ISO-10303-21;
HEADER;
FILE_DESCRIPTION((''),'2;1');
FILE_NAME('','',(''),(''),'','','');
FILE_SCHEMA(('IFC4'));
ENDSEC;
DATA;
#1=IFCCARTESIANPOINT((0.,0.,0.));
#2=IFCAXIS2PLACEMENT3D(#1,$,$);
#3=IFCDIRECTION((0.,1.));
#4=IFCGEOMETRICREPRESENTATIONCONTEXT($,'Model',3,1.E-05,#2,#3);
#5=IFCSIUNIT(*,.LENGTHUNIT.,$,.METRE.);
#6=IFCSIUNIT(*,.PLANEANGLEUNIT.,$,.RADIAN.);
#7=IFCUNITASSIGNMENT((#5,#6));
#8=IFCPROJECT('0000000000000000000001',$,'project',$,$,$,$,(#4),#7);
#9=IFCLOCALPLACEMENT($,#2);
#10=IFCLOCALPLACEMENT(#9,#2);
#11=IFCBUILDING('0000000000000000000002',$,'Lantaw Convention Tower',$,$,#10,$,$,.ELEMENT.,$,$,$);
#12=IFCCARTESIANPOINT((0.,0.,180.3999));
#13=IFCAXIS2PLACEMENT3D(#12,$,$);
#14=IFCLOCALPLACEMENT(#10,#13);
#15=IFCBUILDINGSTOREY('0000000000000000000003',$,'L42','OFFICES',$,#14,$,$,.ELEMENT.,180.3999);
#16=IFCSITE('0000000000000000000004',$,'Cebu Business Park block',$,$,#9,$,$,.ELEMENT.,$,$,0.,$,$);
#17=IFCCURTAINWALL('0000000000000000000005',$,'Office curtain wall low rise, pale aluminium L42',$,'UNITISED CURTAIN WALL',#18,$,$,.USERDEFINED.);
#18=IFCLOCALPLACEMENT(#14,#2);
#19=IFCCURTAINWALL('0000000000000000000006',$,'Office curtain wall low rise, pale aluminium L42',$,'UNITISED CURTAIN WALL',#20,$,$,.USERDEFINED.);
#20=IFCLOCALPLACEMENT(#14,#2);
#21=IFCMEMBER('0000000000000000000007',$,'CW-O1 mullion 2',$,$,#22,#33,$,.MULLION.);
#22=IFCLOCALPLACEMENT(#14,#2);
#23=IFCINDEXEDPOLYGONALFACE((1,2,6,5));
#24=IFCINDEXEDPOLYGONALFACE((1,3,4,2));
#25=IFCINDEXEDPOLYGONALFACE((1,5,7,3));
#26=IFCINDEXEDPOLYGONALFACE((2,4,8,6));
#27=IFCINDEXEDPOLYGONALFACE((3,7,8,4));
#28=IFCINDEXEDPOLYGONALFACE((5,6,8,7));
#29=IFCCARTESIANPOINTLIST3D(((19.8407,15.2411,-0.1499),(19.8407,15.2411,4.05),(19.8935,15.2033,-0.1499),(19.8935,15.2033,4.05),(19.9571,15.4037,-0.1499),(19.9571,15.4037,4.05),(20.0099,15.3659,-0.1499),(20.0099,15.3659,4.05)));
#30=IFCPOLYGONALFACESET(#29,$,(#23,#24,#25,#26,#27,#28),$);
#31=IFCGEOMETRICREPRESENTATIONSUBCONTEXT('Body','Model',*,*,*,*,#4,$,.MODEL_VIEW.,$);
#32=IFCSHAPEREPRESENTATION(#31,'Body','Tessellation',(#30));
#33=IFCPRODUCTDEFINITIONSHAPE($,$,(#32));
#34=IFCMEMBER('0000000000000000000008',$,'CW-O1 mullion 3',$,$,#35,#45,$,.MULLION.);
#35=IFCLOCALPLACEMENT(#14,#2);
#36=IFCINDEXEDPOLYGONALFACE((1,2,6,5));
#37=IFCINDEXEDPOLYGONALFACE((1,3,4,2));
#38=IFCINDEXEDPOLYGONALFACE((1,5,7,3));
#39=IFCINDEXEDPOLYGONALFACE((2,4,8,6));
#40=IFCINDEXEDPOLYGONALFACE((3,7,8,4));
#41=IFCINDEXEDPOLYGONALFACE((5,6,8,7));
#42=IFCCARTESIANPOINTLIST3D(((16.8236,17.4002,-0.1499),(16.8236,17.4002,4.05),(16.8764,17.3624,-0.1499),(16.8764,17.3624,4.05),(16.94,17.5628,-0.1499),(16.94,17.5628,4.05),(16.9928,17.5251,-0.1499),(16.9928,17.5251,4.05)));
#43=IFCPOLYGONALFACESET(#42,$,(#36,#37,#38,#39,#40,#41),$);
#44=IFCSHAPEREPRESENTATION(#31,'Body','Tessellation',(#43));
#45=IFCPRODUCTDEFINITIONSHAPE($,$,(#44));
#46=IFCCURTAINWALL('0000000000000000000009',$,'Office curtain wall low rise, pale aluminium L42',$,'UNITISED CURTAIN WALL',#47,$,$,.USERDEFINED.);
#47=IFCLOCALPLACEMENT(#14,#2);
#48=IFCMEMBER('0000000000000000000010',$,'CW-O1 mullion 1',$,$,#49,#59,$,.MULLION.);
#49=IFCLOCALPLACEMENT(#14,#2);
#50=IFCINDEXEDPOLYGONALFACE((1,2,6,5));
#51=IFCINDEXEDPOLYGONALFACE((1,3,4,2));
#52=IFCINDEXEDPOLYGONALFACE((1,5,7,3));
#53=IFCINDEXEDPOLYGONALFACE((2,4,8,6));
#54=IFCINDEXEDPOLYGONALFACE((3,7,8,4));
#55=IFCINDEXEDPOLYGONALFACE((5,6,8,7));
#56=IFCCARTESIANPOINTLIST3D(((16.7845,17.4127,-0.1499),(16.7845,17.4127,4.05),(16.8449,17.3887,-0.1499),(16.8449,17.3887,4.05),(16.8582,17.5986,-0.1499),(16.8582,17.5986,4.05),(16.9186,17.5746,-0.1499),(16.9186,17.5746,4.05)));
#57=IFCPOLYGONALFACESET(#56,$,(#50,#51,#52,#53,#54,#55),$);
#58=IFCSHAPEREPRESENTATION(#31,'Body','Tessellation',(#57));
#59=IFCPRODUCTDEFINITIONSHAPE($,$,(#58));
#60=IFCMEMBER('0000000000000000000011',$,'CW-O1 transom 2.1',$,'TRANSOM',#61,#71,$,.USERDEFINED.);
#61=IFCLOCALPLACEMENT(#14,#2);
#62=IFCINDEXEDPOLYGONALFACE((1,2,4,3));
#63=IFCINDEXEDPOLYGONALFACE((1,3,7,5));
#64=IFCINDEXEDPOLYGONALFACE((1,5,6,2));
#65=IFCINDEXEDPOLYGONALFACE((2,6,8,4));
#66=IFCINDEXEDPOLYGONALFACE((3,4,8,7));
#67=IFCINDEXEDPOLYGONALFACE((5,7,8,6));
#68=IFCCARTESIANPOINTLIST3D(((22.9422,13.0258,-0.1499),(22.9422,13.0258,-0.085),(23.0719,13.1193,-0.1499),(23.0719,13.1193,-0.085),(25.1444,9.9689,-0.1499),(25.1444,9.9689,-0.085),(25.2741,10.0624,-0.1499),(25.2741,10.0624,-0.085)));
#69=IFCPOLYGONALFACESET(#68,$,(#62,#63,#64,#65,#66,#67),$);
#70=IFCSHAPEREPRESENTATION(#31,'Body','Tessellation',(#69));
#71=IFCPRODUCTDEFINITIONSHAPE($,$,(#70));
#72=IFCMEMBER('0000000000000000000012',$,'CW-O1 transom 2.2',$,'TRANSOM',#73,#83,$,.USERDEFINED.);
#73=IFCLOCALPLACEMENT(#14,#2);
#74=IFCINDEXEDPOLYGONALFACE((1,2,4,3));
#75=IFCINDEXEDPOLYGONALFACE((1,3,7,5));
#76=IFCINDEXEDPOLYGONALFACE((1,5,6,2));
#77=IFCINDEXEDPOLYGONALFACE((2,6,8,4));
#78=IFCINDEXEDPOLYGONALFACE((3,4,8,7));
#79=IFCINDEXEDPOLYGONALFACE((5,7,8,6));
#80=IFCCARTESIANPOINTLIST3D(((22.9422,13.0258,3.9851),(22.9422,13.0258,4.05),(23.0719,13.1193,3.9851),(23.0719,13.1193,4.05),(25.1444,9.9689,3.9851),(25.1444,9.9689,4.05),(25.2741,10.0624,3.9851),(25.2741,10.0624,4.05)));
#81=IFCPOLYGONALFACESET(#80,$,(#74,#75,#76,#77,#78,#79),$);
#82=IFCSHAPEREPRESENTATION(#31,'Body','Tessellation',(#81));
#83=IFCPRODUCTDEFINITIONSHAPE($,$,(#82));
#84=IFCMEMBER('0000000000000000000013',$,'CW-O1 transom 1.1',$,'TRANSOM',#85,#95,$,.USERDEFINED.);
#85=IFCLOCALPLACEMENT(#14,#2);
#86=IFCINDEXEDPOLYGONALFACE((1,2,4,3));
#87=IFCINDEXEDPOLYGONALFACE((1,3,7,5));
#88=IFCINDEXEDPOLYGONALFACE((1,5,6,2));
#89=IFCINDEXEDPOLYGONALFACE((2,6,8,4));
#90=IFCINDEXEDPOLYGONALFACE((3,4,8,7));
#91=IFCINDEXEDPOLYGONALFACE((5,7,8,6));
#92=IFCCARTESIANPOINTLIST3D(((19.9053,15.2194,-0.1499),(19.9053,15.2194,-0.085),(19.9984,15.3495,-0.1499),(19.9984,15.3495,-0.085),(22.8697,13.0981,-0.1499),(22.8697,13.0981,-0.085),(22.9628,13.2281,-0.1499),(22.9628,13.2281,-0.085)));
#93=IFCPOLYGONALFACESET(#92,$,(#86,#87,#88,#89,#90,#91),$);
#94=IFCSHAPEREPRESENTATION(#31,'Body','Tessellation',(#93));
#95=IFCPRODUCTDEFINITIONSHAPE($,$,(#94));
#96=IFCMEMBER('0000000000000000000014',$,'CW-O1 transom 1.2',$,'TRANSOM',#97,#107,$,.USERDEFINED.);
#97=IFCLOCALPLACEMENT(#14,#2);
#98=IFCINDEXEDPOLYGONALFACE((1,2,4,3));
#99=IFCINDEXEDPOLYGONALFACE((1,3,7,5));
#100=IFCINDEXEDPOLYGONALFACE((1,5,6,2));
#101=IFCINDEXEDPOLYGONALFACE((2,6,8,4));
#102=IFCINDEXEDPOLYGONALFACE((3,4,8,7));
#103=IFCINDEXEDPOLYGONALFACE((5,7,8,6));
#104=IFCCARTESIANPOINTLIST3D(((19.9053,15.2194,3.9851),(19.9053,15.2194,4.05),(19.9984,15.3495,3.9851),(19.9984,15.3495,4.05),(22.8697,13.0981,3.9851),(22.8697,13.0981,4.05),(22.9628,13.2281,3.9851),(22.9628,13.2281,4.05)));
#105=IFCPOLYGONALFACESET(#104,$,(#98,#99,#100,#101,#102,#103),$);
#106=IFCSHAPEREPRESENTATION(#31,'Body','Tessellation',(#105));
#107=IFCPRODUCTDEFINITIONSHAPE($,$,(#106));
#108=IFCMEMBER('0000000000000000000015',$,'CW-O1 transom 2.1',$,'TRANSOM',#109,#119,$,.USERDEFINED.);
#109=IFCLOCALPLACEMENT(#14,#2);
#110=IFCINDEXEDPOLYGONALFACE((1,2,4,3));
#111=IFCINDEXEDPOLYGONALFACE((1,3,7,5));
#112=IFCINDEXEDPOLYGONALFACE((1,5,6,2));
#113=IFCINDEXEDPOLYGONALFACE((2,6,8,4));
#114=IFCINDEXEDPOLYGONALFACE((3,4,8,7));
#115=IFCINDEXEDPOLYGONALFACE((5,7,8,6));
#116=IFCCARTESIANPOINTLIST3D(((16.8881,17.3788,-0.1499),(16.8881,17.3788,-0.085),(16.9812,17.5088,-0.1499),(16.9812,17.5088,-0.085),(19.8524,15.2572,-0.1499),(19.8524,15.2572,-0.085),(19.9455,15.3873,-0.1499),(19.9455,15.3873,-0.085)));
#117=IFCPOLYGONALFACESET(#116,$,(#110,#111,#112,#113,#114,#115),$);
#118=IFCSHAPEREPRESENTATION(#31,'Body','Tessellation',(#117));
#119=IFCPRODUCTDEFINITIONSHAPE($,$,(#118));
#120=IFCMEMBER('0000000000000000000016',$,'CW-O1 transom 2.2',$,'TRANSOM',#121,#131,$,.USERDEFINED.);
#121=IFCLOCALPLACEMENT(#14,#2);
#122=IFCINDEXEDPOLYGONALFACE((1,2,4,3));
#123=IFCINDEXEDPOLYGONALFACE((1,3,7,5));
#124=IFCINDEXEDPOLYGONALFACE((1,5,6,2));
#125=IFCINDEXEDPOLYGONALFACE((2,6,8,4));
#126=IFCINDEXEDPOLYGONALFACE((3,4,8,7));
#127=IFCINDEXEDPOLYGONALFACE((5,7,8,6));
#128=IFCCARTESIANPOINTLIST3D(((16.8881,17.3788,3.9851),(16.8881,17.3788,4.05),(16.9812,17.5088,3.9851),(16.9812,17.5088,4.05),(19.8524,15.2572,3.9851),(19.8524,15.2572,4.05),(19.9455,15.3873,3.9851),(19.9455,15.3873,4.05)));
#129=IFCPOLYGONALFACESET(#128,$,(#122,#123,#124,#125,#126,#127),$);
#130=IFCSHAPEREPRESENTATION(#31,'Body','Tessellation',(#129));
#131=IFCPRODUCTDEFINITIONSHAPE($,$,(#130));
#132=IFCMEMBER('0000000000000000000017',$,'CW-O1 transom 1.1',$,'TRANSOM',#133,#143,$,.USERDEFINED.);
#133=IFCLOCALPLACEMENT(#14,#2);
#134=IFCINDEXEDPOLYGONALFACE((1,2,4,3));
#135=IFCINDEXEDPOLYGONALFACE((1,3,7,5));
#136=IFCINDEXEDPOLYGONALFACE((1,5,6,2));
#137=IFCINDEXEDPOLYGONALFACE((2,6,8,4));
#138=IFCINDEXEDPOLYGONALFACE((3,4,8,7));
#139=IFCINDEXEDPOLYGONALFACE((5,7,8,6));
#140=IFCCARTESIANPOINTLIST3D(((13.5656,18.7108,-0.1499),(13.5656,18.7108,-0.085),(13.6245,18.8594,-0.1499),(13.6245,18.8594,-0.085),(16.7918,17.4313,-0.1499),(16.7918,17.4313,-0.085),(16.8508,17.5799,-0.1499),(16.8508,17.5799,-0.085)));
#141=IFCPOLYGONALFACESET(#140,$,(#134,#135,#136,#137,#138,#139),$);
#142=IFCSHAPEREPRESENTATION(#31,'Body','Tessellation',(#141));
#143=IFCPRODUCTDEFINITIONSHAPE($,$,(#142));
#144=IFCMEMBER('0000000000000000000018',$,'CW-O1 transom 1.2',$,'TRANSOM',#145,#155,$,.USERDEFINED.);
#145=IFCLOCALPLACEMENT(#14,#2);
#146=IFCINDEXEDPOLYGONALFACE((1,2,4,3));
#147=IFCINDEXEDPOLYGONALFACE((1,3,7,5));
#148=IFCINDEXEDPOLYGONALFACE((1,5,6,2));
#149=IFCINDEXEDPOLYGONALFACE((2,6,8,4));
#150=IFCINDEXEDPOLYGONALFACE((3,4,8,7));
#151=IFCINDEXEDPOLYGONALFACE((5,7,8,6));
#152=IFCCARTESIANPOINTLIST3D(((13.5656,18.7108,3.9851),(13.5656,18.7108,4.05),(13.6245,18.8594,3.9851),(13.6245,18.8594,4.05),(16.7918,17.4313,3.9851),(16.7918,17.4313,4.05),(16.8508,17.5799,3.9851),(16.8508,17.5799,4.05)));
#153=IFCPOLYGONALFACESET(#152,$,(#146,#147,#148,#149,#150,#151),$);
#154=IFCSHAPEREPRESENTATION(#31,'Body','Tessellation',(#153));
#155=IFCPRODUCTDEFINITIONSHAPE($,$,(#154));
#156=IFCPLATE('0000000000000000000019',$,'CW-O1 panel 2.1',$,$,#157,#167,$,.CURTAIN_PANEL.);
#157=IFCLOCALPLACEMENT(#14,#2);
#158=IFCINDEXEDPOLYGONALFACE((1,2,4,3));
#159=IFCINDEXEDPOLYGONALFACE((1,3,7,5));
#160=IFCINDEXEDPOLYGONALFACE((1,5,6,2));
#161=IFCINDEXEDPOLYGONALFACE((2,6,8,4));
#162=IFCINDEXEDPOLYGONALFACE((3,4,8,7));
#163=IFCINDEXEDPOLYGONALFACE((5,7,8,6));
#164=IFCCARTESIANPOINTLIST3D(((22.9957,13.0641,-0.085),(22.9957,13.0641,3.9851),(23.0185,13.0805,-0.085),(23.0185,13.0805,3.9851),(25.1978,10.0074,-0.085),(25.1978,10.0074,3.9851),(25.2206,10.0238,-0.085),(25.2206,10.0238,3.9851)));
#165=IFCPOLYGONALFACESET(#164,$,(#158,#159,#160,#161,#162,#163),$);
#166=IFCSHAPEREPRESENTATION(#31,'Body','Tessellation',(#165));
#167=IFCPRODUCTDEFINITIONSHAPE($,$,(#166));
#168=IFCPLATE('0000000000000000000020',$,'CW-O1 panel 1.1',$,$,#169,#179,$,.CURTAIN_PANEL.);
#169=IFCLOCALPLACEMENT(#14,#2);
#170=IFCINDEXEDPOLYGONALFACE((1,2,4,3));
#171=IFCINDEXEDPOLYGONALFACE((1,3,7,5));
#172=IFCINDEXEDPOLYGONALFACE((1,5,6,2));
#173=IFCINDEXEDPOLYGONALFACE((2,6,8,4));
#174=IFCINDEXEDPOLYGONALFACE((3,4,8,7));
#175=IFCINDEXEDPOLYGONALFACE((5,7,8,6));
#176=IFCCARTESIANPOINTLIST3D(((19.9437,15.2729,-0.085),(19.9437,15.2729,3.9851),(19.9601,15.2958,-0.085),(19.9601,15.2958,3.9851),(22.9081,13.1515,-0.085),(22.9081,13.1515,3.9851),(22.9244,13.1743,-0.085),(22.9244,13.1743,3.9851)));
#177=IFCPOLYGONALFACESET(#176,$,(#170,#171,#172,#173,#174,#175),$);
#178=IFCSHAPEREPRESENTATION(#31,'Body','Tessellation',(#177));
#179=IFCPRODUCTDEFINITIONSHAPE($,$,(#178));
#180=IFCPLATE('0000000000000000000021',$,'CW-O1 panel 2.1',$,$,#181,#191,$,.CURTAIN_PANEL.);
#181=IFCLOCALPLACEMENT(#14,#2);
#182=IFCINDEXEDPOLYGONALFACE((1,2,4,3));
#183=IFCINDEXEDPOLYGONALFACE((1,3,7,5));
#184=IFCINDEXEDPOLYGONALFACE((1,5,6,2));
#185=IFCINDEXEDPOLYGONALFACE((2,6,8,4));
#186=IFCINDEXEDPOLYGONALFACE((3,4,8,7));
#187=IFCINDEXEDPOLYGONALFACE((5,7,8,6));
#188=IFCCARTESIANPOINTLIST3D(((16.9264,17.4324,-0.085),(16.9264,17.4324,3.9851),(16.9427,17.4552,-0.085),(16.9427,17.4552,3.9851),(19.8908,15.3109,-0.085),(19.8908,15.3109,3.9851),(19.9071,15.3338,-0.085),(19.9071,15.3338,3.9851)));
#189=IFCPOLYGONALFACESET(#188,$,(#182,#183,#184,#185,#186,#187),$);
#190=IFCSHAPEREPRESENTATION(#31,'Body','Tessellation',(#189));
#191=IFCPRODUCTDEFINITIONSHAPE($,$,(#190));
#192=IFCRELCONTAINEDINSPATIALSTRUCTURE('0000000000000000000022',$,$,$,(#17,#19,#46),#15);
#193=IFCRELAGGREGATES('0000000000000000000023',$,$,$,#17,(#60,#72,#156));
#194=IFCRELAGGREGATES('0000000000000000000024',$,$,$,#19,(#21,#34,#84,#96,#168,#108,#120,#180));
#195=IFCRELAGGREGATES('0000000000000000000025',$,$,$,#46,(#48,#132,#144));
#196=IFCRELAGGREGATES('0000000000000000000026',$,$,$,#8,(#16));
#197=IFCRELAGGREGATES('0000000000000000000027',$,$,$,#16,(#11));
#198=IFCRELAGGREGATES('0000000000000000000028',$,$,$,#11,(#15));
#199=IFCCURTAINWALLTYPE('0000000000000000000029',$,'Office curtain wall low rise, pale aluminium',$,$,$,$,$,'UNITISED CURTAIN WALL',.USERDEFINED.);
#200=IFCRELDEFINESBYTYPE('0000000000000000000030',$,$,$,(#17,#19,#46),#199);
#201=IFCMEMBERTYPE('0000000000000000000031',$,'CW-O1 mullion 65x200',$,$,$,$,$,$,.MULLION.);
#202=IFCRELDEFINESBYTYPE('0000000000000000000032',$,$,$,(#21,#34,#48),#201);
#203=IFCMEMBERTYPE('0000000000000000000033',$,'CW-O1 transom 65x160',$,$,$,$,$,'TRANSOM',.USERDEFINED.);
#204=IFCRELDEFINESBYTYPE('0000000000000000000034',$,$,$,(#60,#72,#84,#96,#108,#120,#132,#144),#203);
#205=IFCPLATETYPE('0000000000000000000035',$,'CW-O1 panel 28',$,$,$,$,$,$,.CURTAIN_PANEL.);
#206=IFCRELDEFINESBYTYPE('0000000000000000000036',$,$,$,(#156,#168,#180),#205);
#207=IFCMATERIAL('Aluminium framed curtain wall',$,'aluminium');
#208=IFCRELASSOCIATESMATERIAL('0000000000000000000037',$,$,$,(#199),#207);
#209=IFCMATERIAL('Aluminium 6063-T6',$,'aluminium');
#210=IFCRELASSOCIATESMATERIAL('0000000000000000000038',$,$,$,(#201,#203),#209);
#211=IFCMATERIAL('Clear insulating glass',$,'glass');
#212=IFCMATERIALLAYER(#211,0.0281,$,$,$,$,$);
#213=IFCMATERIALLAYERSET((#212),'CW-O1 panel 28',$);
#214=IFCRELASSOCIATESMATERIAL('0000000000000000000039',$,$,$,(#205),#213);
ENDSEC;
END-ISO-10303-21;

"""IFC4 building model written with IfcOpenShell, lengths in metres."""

from ifc_helpers import new_model, si_unit, direction, frame, origin, origin_2d, place, context, subcontext, project, spatial, rectangle, extrude, material, layer, layer_set, material_profile, profile_set, type_object, element, aggregate, save


model = new_model("IFC4")

# Units and contexts
model_context = context("Model", 3, precision=1e-05, world=origin(), true_north=direction((0.0, 1.0)))
body_context = subcontext(model_context, "Body", "Model", "MODEL_VIEW")
ifc_project = project(units=[si_unit("LENGTHUNIT", "METRE"), si_unit("PLANEANGLEUNIT", "RADIAN")], contexts=[model_context])

# Site, building, storey
site_placement = place(None, origin())
site = spatial("IfcSite", under=ifc_project, at=site_placement, Name="Cebu Business Park block", CompositionType="ELEMENT", RefElevation=0.0)
building_placement = place(site_placement, origin())
building = spatial("IfcBuilding", under=site, at=building_placement, Name="Lantaw Convention Tower", CompositionType="ELEMENT")
storey_placement = place(building_placement, frame((0.0, 0.0, 180.3999)))
storey = spatial("IfcBuildingStorey", under=building, at=storey_placement, Name="L42", Description="OFFICES", CompositionType="ELEMENT", Elevation=180.3999)

# Curtain walls, members
ifc_material_1 = material(Name="Aluminium framed curtain wall", Category="aluminium")
curtain_wall_type = type_object("IfcCurtainWallType", Name="Office curtain wall low rise, pale aluminium", ElementType="UNITISED CURTAIN WALL", PredefinedType="USERDEFINED", material=ifc_material_1)
curtain_wall_1_placement = place(storey_placement, origin())
curtain_wall_1 = element("IfcCurtainWall", 1, at=curtain_wall_1_placement, inside=storey, type_object=curtain_wall_type, Name="Office curtain wall low rise, pale aluminium L42", ObjectType="UNITISED CURTAIN WALL", PredefinedType="USERDEFINED")
ifc_material_2 = material(Name="Aluminium 6063-T6", Category="aluminium")
ifc_material_profile_1 = material_profile(ifc_material_2, rectangle(XDim=0.2, YDim=0.0649, at=origin_2d()), Name="CW-O1 mullion 65x200")
ifc_profile_set_1 = profile_set([ifc_material_profile_1], Name="Aluminium 6063-T6")
member_type_1 = type_object("IfcMemberType", Name="CW-O1 mullion 65x200", PredefinedType="MULLION", material=ifc_profile_set_1)
curtain_wall_2_placement = place(storey_placement, origin())
curtain_wall_2 = element("IfcCurtainWall", 2, at=curtain_wall_2_placement, inside=storey, type_object=curtain_wall_type, Name="Office curtain wall low rise, pale aluminium L42", ObjectType="UNITISED CURTAIN WALL", PredefinedType="USERDEFINED")
member_1_placement = place(storey_placement, frame((19.9253, 15.3035, -0.1499), z_axis=(0.0, 0.0, 1.0), x_axis=(-0.581973, -0.813208, 0.0)))
member_1 = element("IfcMember", 3, at=member_1_placement, type_object=member_type_1, Name="CW-O1 mullion 2", PredefinedType="MULLION", context=body_context, shape_type="SweptSolid", body=[
    extrude(rectangle(XDim=0.2, YDim=0.0649, at=origin_2d()), origin(), (0.0, 0.0, 1.0), 4.2),
])
member_2_placement = place(storey_placement, frame((16.9082, 17.4626, -0.1499), z_axis=(0.0, 0.0, 1.0), x_axis=(-0.581973, -0.813208, 0.0)))
member_2 = element("IfcMember", 4, at=member_2_placement, type_object=member_type_1, Name="CW-O1 mullion 3", PredefinedType="MULLION", context=body_context, shape_type="SweptSolid", body=[
    extrude(rectangle(XDim=0.2, YDim=0.0649, at=origin_2d()), origin(), (0.0, 0.0, 1.0), 4.2),
])

# Curtain wall, member
curtain_wall_3_placement = place(storey_placement, origin())
curtain_wall_3 = element("IfcCurtainWall", 5, at=curtain_wall_3_placement, inside=storey, type_object=curtain_wall_type, Name="Office curtain wall low rise, pale aluminium L42", ObjectType="UNITISED CURTAIN WALL", PredefinedType="USERDEFINED")
member_3_placement = place(storey_placement, frame((16.8516, 17.4937, -0.1499), z_axis=(0.0, 0.0, 1.0), x_axis=(-0.368702, -0.929548, 0.0)))
member_3 = element("IfcMember", 6, at=member_3_placement, type_object=member_type_1, Name="CW-O1 mullion 1", PredefinedType="MULLION", context=body_context, shape_type="SweptSolid", body=[
    extrude(rectangle(XDim=0.2, YDim=0.0649, at=origin_2d()), origin(), (0.0, 0.0, 1.0), 4.2),
])

# Members
ifc_material_profile_2 = material_profile(ifc_material_2, rectangle(XDim=0.1599, YDim=0.0649, at=origin_2d()), Name="CW-O1 transom 65x160")
ifc_profile_set_2 = profile_set([ifc_material_profile_2], Name="Aluminium 6063-T6")
member_type_2 = type_object("IfcMemberType", Name="CW-O1 transom 65x160", ElementType="TRANSOM", PredefinedType="USERDEFINED", material=ifc_profile_set_2)
member_4_placement = place(storey_placement, frame((25.2092, 10.0156, -0.1174), z_axis=(-0.584513, 0.811384, 0.0), x_axis=(-0.811384, -0.584513, 0.0)))
member_4 = element("IfcMember", 7, at=member_4_placement, type_object=member_type_2, Name="CW-O1 transom 2.1", ObjectType="TRANSOM", PredefinedType="USERDEFINED", context=body_context, shape_type="SweptSolid", body=[
    extrude(rectangle(XDim=0.1599, YDim=0.0649, at=origin_2d()), origin(), (0.0, 0.0, 1.0), 3.7676),
])
member_5_placement = place(storey_placement, frame((25.2092, 10.0156, 4.0176), z_axis=(-0.584513, 0.811384, 0.0), x_axis=(-0.811384, -0.584513, 0.0)))
member_5 = element("IfcMember", 8, at=member_5_placement, type_object=member_type_2, Name="CW-O1 transom 2.2", ObjectType="TRANSOM", PredefinedType="USERDEFINED", context=body_context, shape_type="SweptSolid", body=[
    extrude(rectangle(XDim=0.1599, YDim=0.0649, at=origin_2d()), origin(), (0.0, 0.0, 1.0), 3.7676),
])
member_6_placement = place(storey_placement, frame((22.9163, 13.1631, -0.1174), z_axis=(-0.813222, 0.581954, 0.0), x_axis=(-0.581954, -0.813222, 0.0)))
member_6 = element("IfcMember", 9, at=member_6_placement, type_object=member_type_2, Name="CW-O1 transom 1.1", ObjectType="TRANSOM", PredefinedType="USERDEFINED", context=body_context, shape_type="SweptSolid", body=[
    extrude(rectangle(XDim=0.1599, YDim=0.0649, at=origin_2d()), origin(), (0.0, 0.0, 1.0), 3.6453),
])
member_7_placement = place(storey_placement, frame((22.9163, 13.1631, 4.0176), z_axis=(-0.813222, 0.581954, 0.0), x_axis=(-0.581954, -0.813222, 0.0)))
member_7 = element("IfcMember", 10, at=member_7_placement, type_object=member_type_2, Name="CW-O1 transom 1.2", ObjectType="TRANSOM", PredefinedType="USERDEFINED", context=body_context, shape_type="SweptSolid", body=[
    extrude(rectangle(XDim=0.1599, YDim=0.0649, at=origin_2d()), origin(), (0.0, 0.0, 1.0), 3.6453),
])
member_8_placement = place(storey_placement, frame((19.8989, 15.3223, -0.1174), z_axis=(-0.81319, 0.581998, 0.0), x_axis=(-0.581998, -0.81319, 0.0)))
member_8 = element("IfcMember", 11, at=member_8_placement, type_object=member_type_2, Name="CW-O1 transom 2.1", ObjectType="TRANSOM", PredefinedType="USERDEFINED", context=body_context, shape_type="SweptSolid", body=[
    extrude(rectangle(XDim=0.1599, YDim=0.0649, at=origin_2d()), origin(), (0.0, 0.0, 1.0), 3.6453),
])
member_9_placement = place(storey_placement, frame((19.8989, 15.3223, 4.0176), z_axis=(-0.81319, 0.581998, 0.0), x_axis=(-0.581998, -0.81319, 0.0)))
member_9 = element("IfcMember", 12, at=member_9_placement, type_object=member_type_2, Name="CW-O1 transom 2.2", ObjectType="TRANSOM", PredefinedType="USERDEFINED", context=body_context, shape_type="SweptSolid", body=[
    extrude(rectangle(XDim=0.1599, YDim=0.0649, at=origin_2d()), origin(), (0.0, 0.0, 1.0), 3.6453),
])
member_10_placement = place(storey_placement, frame((16.8213, 17.5056, -0.1174), z_axis=(-0.929564, 0.36866, 0.0), x_axis=(-0.36866, -0.929564, 0.0)))
member_10 = element("IfcMember", 13, at=member_10_placement, type_object=member_type_2, Name="CW-O1 transom 1.1", ObjectType="TRANSOM", PredefinedType="USERDEFINED", context=body_context, shape_type="SweptSolid", body=[
    extrude(rectangle(XDim=0.1599, YDim=0.0649, at=origin_2d()), origin(), (0.0, 0.0, 1.0), 3.4707),
])
member_11_placement = place(storey_placement, frame((16.8213, 17.5056, 4.0176), z_axis=(-0.929564, 0.36866, 0.0), x_axis=(-0.36866, -0.929564, 0.0)))
member_11 = element("IfcMember", 14, at=member_11_placement, type_object=member_type_2, Name="CW-O1 transom 1.2", ObjectType="TRANSOM", PredefinedType="USERDEFINED", context=body_context, shape_type="SweptSolid", body=[
    extrude(rectangle(XDim=0.1599, YDim=0.0649, at=origin_2d()), origin(), (0.0, 0.0, 1.0), 3.4707),
])

# Plates
ifc_material_3 = material(Name="Clear insulating glass", Category="glass")
ifc_layer_1 = layer(ifc_material_3, 0.0281)
ifc_layer_set_1 = layer_set([ifc_layer_1], Name="CW-O1 panel 28")
plate_type_1 = type_object("IfcPlateType", Name="CW-O1 panel 28", PredefinedType="CURTAIN_PANEL", material=ifc_layer_set_1)
plate_1_placement = place(storey_placement, frame((24.1082, 11.5439, -0.085), z_axis=(0.0, 0.0, 1.0), x_axis=(-0.584513, 0.811385, 0.0)))
plate_1 = element("IfcPlate", 15, at=plate_1_placement, type_object=plate_type_1, Name="CW-O1 panel 2.1", PredefinedType="CURTAIN_PANEL", context=body_context, shape_type="SweptSolid", body=[
    extrude(rectangle(XDim=3.7673, YDim=0.0281, at=origin_2d()), origin(), (0.0, 0.0, 1.0), 4.0701),
])
aggregate(curtain_wall_1, [member_4, member_5, plate_1])
plate_2_placement = place(storey_placement, frame((21.4341, 14.2236, -0.085), z_axis=(0.0, 0.0, 1.0), x_axis=(-0.813208, 0.581973, 0.0)))
plate_2 = element("IfcPlate", 16, at=plate_2_placement, type_object=plate_type_1, Name="CW-O1 panel 1.1", PredefinedType="CURTAIN_PANEL", context=body_context, shape_type="SweptSolid", body=[
    extrude(rectangle(XDim=3.6453, YDim=0.0281, at=origin_2d()), origin(), (0.0, 0.0, 1.0), 4.0701),
])
plate_3_placement = place(storey_placement, frame((18.4167, 16.3831, -0.085), z_axis=(0.0, 0.0, 1.0), x_axis=(-0.813208, 0.581973, 0.0)))
plate_3 = element("IfcPlate", 17, at=plate_3_placement, type_object=plate_type_1, Name="CW-O1 panel 2.1", PredefinedType="CURTAIN_PANEL", context=body_context, shape_type="SweptSolid", body=[
    extrude(rectangle(XDim=3.6453, YDim=0.0281, at=origin_2d()), origin(), (0.0, 0.0, 1.0), 4.0701),
])
aggregate(curtain_wall_2, [member_1, member_2, member_6, member_7, plate_2, member_8, member_9, plate_3])
aggregate(curtain_wall_3, [member_3, member_10, member_11])

save(model, "model.ifc")
